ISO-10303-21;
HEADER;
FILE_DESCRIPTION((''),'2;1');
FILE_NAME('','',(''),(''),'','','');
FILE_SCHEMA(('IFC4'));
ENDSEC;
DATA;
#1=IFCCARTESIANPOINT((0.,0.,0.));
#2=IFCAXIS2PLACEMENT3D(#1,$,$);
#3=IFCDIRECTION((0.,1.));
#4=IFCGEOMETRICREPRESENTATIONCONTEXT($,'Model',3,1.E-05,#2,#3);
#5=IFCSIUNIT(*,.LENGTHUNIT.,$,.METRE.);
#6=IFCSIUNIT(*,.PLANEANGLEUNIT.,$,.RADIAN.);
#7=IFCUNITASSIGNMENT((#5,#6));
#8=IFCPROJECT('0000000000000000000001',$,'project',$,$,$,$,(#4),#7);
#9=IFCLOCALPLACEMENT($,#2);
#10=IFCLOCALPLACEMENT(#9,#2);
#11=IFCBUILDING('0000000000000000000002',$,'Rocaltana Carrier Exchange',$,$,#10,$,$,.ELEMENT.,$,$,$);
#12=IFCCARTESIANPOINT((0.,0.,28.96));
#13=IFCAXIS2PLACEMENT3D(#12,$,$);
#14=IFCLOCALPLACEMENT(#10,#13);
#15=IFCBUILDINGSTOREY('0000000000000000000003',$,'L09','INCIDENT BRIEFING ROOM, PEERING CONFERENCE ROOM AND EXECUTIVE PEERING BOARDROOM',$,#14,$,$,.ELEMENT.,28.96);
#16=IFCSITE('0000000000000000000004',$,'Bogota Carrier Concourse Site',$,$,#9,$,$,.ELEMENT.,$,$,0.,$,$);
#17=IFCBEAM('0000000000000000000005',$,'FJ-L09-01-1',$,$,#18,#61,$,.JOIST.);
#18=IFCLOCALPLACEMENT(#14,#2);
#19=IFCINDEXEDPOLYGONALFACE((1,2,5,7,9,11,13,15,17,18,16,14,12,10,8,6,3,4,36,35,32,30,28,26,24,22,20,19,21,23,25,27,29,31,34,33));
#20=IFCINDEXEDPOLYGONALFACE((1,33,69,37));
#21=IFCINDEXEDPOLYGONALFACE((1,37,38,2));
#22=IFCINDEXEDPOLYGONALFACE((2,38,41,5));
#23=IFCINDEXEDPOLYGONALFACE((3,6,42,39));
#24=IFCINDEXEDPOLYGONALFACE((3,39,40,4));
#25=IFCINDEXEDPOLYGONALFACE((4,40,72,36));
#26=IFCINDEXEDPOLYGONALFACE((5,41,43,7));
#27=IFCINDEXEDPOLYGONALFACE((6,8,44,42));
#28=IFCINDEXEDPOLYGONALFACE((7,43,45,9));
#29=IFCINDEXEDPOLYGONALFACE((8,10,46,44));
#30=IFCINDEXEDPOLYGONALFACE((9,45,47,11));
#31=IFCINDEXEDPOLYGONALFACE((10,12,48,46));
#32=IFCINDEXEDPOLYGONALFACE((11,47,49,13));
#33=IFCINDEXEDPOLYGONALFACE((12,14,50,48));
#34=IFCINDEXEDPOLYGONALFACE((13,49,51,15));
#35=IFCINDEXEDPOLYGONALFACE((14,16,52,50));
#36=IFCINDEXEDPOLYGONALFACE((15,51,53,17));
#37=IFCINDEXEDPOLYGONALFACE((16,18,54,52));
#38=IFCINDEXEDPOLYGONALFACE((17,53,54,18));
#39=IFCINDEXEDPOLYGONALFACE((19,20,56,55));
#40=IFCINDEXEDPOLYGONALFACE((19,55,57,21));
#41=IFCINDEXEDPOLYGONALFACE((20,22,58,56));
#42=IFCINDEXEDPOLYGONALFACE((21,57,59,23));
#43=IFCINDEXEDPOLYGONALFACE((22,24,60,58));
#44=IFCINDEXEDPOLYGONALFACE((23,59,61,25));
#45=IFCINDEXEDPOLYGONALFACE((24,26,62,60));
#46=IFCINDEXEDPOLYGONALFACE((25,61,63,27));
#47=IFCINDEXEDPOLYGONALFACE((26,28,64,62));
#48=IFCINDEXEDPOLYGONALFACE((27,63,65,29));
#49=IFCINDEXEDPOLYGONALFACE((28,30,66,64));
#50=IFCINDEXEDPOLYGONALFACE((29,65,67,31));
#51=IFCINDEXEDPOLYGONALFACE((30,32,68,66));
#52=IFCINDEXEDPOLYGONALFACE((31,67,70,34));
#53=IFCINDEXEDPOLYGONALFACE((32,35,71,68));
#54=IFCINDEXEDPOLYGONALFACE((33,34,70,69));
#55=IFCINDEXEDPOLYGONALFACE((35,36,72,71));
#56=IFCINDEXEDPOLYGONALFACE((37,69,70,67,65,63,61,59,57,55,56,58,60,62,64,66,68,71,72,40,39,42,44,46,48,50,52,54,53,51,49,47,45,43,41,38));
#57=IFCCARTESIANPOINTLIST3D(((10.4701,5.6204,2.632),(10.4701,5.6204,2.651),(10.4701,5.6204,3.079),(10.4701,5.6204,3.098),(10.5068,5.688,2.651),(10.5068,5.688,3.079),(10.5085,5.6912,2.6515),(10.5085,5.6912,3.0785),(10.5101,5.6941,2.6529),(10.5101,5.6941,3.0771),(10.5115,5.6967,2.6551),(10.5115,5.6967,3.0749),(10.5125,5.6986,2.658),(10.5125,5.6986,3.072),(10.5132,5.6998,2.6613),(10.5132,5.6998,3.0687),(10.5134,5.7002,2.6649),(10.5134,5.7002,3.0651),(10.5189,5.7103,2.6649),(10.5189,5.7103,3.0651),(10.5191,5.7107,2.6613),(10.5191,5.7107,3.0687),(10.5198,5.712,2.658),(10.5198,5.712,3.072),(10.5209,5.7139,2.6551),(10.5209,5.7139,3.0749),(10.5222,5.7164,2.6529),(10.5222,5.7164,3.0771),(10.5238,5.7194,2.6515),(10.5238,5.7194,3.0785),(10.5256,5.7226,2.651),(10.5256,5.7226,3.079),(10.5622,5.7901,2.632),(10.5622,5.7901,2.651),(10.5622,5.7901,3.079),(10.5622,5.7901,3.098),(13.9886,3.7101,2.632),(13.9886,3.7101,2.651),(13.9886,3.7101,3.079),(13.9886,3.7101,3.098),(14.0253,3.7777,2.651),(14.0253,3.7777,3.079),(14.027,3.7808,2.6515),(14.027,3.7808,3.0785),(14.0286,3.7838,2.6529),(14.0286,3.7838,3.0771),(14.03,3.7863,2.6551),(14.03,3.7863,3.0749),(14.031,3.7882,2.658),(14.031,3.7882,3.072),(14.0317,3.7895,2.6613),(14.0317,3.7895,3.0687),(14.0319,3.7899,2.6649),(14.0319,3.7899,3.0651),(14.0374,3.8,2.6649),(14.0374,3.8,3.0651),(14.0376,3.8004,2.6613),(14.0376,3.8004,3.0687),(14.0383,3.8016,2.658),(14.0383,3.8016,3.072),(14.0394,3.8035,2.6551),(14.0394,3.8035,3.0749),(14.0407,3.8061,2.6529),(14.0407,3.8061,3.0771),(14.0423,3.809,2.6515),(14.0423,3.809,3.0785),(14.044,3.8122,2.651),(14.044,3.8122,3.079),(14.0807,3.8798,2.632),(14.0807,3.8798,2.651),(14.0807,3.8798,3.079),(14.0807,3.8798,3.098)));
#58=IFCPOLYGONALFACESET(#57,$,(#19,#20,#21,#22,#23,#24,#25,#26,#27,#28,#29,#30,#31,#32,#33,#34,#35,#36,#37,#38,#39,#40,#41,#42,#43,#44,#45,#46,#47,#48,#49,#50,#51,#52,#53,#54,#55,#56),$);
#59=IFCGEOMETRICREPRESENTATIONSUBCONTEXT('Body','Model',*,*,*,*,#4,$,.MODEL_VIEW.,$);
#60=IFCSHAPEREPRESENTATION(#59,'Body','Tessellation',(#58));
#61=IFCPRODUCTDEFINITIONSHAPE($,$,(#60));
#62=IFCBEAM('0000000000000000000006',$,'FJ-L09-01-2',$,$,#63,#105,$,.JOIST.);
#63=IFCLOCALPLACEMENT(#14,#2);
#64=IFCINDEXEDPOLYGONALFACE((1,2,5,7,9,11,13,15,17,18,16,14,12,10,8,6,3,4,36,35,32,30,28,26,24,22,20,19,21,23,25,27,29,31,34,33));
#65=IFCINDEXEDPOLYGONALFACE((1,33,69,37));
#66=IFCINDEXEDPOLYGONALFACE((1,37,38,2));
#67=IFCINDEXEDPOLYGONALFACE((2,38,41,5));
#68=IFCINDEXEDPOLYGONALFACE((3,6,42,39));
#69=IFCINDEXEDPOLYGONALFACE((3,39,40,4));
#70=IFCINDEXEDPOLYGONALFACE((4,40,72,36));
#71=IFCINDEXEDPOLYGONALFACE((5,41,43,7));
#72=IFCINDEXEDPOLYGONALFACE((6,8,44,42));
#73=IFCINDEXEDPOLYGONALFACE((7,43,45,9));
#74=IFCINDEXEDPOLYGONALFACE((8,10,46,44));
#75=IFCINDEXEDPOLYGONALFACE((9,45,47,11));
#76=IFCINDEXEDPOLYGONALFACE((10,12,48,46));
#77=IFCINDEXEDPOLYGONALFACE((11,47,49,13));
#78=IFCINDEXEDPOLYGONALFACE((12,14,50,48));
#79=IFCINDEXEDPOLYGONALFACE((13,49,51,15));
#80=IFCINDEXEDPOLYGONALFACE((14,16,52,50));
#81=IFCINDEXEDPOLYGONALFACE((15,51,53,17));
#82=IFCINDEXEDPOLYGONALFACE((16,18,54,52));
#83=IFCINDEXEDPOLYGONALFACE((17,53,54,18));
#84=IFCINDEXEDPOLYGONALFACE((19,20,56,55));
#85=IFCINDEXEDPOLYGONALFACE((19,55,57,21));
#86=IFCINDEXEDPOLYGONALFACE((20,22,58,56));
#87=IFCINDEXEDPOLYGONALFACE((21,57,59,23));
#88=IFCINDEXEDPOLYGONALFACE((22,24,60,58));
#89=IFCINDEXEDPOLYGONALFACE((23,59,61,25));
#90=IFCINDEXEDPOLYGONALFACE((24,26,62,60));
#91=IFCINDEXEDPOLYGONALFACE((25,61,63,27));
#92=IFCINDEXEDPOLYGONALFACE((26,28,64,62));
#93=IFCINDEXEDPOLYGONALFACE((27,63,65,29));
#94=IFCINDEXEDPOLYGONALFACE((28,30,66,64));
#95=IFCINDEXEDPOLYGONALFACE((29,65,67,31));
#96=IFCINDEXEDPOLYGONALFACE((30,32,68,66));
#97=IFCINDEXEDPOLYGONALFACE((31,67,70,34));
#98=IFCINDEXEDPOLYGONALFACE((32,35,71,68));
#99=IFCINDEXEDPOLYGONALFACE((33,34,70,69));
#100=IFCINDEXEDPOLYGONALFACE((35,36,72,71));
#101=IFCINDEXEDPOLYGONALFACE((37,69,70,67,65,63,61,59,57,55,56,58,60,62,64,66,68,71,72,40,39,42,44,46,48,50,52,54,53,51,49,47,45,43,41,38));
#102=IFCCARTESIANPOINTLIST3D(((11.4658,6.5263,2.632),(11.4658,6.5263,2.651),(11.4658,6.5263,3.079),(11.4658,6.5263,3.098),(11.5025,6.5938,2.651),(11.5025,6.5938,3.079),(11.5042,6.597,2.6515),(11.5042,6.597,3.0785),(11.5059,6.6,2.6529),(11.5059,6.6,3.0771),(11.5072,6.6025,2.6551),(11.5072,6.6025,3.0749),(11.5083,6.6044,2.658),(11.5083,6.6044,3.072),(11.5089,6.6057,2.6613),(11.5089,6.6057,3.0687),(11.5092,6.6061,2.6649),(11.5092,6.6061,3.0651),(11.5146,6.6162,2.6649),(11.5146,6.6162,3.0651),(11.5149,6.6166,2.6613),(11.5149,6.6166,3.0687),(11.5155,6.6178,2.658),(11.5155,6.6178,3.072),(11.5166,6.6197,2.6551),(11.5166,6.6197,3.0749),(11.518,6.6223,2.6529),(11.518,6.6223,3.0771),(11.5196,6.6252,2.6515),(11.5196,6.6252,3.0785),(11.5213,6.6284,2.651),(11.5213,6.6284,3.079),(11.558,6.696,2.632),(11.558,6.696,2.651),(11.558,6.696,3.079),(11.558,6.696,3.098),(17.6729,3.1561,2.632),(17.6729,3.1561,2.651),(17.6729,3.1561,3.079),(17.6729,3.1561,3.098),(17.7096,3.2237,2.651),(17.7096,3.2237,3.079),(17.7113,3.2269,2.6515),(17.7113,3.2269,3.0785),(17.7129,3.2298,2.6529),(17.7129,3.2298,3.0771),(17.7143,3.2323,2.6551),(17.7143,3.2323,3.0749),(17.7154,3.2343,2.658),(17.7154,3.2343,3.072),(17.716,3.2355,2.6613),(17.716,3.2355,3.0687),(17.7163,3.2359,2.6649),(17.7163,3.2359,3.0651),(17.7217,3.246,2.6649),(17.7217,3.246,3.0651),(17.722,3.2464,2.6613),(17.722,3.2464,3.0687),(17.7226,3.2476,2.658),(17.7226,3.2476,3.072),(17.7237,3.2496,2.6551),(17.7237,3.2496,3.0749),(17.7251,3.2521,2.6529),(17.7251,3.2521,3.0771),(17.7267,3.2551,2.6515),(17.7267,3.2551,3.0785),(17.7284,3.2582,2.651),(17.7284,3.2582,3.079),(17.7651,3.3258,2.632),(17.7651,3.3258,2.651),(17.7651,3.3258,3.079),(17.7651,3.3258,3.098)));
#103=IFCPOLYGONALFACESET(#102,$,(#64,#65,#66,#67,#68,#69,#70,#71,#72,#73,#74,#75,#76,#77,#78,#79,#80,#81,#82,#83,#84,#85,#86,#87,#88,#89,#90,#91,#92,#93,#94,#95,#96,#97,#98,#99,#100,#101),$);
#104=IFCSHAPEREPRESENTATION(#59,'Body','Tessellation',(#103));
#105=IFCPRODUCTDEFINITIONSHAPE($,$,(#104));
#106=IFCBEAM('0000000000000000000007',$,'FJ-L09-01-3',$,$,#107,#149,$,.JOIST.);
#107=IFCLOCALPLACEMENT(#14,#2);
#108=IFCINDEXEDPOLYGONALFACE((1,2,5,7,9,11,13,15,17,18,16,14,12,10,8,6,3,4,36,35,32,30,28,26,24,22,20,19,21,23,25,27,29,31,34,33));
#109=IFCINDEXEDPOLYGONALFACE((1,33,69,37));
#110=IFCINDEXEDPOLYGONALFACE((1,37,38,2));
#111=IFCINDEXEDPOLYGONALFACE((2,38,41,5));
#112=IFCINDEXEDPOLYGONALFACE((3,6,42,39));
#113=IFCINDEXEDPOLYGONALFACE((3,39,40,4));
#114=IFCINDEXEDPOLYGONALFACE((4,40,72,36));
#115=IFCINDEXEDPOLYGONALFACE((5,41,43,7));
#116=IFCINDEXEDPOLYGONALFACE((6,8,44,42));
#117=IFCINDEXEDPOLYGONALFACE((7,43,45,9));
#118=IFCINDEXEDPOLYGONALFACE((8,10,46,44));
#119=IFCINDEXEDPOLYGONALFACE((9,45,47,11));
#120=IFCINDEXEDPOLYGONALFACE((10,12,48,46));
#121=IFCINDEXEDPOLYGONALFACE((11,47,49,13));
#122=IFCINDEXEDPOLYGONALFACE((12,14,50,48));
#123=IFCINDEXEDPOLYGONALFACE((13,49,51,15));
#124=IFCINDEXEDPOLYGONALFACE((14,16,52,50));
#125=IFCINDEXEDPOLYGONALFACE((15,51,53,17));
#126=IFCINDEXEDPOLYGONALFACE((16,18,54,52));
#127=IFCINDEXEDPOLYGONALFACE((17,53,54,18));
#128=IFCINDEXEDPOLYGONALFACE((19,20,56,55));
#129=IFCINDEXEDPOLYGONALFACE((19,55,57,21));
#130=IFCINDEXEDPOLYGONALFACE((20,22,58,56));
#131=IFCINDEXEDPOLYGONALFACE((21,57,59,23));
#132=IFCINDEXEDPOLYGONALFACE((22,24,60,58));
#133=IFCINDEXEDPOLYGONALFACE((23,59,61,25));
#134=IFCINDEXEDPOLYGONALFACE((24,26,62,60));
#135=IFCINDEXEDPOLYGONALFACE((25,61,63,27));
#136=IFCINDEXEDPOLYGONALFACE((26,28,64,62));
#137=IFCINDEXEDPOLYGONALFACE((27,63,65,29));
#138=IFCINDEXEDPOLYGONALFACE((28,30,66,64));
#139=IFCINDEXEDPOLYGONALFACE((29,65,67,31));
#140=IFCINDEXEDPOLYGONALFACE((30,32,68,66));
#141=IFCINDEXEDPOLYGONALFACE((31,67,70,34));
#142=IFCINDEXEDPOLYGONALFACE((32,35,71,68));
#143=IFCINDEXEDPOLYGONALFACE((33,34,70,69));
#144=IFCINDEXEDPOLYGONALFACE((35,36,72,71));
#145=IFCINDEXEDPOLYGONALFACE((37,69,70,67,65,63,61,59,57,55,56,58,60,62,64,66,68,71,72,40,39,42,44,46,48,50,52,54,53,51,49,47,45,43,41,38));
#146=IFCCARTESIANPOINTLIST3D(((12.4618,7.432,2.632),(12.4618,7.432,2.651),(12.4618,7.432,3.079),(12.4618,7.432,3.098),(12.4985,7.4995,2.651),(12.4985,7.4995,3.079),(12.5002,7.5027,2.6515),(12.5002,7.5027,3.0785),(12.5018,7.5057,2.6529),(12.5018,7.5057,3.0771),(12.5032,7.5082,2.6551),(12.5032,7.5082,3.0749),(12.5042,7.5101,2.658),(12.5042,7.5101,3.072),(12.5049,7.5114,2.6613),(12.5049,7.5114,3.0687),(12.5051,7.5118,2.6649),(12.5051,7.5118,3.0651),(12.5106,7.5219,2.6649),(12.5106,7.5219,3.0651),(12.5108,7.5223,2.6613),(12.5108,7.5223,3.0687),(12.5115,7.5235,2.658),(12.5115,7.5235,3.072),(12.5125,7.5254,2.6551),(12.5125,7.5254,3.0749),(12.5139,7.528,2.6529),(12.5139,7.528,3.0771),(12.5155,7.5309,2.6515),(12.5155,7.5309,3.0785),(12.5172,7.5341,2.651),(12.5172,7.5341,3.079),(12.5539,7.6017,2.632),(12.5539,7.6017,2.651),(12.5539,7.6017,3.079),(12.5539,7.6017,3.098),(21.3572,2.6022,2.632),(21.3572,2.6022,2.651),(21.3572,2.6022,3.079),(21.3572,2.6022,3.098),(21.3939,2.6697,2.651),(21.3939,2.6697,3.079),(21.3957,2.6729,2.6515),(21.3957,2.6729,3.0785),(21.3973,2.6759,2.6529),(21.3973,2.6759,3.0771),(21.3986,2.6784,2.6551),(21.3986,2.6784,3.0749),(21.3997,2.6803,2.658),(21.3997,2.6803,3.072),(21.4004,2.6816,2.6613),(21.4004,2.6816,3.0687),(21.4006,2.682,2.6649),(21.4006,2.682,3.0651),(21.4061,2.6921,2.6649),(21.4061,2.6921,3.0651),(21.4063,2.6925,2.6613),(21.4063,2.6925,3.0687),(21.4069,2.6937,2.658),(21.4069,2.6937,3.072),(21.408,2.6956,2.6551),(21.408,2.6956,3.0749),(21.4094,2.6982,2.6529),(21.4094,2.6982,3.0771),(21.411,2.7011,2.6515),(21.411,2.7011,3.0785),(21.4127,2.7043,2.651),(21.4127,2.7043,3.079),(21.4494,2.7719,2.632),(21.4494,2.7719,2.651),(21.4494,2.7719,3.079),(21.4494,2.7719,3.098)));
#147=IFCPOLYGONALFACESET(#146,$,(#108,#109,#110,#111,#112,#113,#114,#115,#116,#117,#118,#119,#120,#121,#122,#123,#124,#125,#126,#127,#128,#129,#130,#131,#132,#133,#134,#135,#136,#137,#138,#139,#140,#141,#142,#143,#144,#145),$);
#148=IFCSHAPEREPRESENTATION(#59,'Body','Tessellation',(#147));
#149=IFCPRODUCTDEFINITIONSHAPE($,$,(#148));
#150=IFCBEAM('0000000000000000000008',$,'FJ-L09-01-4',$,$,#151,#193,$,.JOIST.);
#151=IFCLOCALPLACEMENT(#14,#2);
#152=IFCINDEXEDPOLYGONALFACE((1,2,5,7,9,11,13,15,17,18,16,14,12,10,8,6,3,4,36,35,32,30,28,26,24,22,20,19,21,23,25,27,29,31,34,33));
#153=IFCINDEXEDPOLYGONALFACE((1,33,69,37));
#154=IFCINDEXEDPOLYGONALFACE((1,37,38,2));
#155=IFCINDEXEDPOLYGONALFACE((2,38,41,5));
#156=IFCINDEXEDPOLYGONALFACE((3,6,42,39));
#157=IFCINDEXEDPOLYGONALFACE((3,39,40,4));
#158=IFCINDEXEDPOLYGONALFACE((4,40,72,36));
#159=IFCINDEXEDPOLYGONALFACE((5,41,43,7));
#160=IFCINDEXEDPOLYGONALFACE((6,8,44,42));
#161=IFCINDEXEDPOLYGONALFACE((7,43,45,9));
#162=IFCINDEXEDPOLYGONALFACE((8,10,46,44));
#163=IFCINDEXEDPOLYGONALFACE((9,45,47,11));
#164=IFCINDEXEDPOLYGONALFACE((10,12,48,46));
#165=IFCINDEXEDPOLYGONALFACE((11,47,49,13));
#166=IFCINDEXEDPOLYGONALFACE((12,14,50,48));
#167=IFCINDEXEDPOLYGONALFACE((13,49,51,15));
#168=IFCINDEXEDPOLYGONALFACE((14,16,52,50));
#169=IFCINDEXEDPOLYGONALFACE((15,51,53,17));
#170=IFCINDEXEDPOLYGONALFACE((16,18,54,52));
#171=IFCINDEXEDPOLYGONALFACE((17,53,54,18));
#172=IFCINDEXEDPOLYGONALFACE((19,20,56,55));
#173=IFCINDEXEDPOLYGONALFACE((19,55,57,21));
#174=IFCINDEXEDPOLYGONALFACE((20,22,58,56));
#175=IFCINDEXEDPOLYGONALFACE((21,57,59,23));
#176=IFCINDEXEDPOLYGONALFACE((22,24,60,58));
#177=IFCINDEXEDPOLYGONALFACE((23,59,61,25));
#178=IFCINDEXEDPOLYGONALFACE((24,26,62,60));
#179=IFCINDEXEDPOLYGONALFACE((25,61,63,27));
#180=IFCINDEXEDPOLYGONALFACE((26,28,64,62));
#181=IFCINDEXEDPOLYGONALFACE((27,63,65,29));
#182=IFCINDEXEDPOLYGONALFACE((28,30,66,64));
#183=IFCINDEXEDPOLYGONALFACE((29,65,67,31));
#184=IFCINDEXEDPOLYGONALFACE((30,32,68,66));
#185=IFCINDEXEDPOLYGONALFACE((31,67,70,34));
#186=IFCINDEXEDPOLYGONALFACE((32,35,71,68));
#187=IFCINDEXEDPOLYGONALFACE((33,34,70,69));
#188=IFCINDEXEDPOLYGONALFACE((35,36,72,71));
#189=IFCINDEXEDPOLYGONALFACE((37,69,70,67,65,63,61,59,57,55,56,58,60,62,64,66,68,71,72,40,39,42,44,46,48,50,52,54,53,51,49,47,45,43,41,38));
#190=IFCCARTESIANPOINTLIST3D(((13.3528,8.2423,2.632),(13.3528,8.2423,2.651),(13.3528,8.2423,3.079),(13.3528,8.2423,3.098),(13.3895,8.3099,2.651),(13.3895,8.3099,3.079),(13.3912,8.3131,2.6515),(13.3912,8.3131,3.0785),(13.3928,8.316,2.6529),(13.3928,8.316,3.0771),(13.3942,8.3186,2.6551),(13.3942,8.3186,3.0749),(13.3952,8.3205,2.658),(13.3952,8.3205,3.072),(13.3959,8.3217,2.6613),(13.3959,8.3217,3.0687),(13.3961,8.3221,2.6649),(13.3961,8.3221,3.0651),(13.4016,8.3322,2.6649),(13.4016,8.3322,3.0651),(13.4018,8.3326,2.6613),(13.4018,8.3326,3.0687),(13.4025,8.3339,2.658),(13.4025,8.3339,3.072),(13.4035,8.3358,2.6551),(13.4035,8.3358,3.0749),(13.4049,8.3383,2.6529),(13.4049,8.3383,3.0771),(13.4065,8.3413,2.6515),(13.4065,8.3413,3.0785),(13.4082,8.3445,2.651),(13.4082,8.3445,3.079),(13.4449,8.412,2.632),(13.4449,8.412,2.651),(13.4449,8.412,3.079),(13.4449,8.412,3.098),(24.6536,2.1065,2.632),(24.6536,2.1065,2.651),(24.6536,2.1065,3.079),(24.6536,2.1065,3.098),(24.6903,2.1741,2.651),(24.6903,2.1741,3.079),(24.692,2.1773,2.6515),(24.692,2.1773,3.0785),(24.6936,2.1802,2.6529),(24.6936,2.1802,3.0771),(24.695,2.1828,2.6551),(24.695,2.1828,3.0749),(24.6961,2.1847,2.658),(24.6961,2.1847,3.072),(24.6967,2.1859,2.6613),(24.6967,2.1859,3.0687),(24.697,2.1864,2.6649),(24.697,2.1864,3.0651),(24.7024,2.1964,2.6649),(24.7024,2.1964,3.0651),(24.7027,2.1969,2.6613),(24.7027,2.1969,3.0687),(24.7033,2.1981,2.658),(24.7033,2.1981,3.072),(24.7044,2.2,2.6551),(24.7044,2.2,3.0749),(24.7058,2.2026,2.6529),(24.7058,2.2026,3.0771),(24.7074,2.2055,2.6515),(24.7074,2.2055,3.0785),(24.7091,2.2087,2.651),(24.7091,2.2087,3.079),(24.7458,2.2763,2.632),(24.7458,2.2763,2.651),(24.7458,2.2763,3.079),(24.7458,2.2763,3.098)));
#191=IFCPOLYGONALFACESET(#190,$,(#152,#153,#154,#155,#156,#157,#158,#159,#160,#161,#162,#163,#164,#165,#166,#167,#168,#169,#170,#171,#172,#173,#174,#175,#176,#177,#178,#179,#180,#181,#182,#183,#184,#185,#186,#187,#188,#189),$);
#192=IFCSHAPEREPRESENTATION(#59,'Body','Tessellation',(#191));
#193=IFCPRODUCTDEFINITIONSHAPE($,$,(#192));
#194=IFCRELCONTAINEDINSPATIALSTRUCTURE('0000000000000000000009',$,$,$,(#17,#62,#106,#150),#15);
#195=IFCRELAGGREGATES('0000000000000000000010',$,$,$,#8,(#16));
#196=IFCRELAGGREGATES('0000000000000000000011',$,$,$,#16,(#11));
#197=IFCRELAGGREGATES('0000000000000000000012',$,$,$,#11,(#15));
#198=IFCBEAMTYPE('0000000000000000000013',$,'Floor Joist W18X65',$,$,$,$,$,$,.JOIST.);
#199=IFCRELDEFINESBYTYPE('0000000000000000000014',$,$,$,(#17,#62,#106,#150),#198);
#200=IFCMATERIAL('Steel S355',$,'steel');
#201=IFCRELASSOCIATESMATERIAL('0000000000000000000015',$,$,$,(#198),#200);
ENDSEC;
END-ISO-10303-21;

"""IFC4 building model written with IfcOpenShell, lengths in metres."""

from ifc_helpers import new_model, si_unit, direction, frame, origin, origin_2d, place, context, subcontext, project, spatial, i_section, extrude, material, material_profile, profile_set, type_object, element, save


model = new_model("IFC4")

# Units and contexts
model_context = context("Model", 3, precision=1e-05, world=origin(), true_north=direction((0.0, 1.0)))
body_context = subcontext(model_context, "Body", "Model", "MODEL_VIEW")
ifc_project = project(units=[si_unit("LENGTHUNIT", "METRE"), si_unit("PLANEANGLEUNIT", "RADIAN")], contexts=[model_context])

# Site, building, storey
site_placement = place(None, origin())
site = spatial("IfcSite", under=ifc_project, at=site_placement, Name="Bogota Carrier Concourse Site", CompositionType="ELEMENT", RefElevation=0.0)
building_placement = place(site_placement, origin())
building = spatial("IfcBuilding", under=site, at=building_placement, Name="Rocaltana Carrier Exchange", CompositionType="ELEMENT")
storey_placement = place(building_placement, frame((0.0, 0.0, 28.96)))
storey = spatial("IfcBuildingStorey", under=building, at=storey_placement, Name="L09", Description="INCIDENT BRIEFING ROOM, PEERING CONFERENCE ROOM AND EXECUTIVE PEERING BOARDROOM", CompositionType="ELEMENT", Elevation=28.96)

# Beams
ifc_material_1 = material(Name="Steel S355", Category="steel")
ifc_material_profile_1 = material_profile(ifc_material_1, i_section(OverallWidth=0.1931, OverallDepth=0.4661, WebThickness=0.0115, FlangeThickness=0.019, FilletRadius=0.0139, at=origin_2d()), Name="W18X65")
ifc_profile_set_1 = profile_set([ifc_material_profile_1], Name="Steel S355")
beam_type_1 = type_object("IfcBeamType", Name="Floor Joist W18X65", PredefinedType="JOIST", material=ifc_profile_set_1)
beam_1_placement = place(storey_placement, frame((14.0347, 3.7949, 2.865), z_axis=(-0.878819, 0.477155, 0.0), x_axis=(-0.477155, -0.878819, 0.0)))
element("IfcBeam", 1, at=beam_1_placement, inside=storey, type_object=beam_type_1, Name="FJ-L09-01-1", PredefinedType="JOIST", context=body_context, shape_type="SweptSolid", body=[
    extrude(i_section(OverallWidth=0.1931, OverallDepth=0.4661, WebThickness=0.0115, FlangeThickness=0.019, FilletRadius=0.0139, at=origin_2d()), origin(), (0.0, 0.0, 1.0), 4.0037),
])
beam_2_placement = place(storey_placement, frame((17.719, 3.241, 2.865), z_axis=(-0.878819, 0.477156, 0.0), x_axis=(-0.477156, -0.878819, 0.0)))
element("IfcBeam", 2, at=beam_2_placement, inside=storey, type_object=beam_type_1, Name="FJ-L09-01-2", PredefinedType="JOIST", context=body_context, shape_type="SweptSolid", body=[
    extrude(i_section(OverallWidth=0.1931, OverallDepth=0.4661, WebThickness=0.0115, FlangeThickness=0.019, FilletRadius=0.0139, at=origin_2d()), origin(), (0.0, 0.0, 1.0), 7.063),
])
beam_3_placement = place(storey_placement, frame((21.4033, 2.687, 2.865), z_axis=(-0.878818, 0.477156, 0.0), x_axis=(-0.477156, -0.878818, 0.0)))
element("IfcBeam", 3, at=beam_3_placement, inside=storey, type_object=beam_type_1, Name="FJ-L09-01-3", PredefinedType="JOIST", context=body_context, shape_type="SweptSolid", body=[
    extrude(i_section(OverallWidth=0.1931, OverallDepth=0.4661, WebThickness=0.0115, FlangeThickness=0.019, FilletRadius=0.0139, at=origin_2d()), origin(), (0.0, 0.0, 1.0), 10.1221),
])
beam_4_placement = place(storey_placement, frame((24.6997, 2.1914, 2.865), z_axis=(-0.87882, 0.477154, 0.0), x_axis=(-0.477154, -0.87882, 0.0)))
element("IfcBeam", 4, at=beam_4_placement, inside=storey, type_object=beam_type_1, Name="FJ-L09-01-4", PredefinedType="JOIST", context=body_context, shape_type="SweptSolid", body=[
    extrude(i_section(OverallWidth=0.1931, OverallDepth=0.4661, WebThickness=0.0115, FlangeThickness=0.019, FilletRadius=0.0139, at=origin_2d()), origin(), (0.0, 0.0, 1.0), 12.8591),
])

save(model, "model.ifc")
